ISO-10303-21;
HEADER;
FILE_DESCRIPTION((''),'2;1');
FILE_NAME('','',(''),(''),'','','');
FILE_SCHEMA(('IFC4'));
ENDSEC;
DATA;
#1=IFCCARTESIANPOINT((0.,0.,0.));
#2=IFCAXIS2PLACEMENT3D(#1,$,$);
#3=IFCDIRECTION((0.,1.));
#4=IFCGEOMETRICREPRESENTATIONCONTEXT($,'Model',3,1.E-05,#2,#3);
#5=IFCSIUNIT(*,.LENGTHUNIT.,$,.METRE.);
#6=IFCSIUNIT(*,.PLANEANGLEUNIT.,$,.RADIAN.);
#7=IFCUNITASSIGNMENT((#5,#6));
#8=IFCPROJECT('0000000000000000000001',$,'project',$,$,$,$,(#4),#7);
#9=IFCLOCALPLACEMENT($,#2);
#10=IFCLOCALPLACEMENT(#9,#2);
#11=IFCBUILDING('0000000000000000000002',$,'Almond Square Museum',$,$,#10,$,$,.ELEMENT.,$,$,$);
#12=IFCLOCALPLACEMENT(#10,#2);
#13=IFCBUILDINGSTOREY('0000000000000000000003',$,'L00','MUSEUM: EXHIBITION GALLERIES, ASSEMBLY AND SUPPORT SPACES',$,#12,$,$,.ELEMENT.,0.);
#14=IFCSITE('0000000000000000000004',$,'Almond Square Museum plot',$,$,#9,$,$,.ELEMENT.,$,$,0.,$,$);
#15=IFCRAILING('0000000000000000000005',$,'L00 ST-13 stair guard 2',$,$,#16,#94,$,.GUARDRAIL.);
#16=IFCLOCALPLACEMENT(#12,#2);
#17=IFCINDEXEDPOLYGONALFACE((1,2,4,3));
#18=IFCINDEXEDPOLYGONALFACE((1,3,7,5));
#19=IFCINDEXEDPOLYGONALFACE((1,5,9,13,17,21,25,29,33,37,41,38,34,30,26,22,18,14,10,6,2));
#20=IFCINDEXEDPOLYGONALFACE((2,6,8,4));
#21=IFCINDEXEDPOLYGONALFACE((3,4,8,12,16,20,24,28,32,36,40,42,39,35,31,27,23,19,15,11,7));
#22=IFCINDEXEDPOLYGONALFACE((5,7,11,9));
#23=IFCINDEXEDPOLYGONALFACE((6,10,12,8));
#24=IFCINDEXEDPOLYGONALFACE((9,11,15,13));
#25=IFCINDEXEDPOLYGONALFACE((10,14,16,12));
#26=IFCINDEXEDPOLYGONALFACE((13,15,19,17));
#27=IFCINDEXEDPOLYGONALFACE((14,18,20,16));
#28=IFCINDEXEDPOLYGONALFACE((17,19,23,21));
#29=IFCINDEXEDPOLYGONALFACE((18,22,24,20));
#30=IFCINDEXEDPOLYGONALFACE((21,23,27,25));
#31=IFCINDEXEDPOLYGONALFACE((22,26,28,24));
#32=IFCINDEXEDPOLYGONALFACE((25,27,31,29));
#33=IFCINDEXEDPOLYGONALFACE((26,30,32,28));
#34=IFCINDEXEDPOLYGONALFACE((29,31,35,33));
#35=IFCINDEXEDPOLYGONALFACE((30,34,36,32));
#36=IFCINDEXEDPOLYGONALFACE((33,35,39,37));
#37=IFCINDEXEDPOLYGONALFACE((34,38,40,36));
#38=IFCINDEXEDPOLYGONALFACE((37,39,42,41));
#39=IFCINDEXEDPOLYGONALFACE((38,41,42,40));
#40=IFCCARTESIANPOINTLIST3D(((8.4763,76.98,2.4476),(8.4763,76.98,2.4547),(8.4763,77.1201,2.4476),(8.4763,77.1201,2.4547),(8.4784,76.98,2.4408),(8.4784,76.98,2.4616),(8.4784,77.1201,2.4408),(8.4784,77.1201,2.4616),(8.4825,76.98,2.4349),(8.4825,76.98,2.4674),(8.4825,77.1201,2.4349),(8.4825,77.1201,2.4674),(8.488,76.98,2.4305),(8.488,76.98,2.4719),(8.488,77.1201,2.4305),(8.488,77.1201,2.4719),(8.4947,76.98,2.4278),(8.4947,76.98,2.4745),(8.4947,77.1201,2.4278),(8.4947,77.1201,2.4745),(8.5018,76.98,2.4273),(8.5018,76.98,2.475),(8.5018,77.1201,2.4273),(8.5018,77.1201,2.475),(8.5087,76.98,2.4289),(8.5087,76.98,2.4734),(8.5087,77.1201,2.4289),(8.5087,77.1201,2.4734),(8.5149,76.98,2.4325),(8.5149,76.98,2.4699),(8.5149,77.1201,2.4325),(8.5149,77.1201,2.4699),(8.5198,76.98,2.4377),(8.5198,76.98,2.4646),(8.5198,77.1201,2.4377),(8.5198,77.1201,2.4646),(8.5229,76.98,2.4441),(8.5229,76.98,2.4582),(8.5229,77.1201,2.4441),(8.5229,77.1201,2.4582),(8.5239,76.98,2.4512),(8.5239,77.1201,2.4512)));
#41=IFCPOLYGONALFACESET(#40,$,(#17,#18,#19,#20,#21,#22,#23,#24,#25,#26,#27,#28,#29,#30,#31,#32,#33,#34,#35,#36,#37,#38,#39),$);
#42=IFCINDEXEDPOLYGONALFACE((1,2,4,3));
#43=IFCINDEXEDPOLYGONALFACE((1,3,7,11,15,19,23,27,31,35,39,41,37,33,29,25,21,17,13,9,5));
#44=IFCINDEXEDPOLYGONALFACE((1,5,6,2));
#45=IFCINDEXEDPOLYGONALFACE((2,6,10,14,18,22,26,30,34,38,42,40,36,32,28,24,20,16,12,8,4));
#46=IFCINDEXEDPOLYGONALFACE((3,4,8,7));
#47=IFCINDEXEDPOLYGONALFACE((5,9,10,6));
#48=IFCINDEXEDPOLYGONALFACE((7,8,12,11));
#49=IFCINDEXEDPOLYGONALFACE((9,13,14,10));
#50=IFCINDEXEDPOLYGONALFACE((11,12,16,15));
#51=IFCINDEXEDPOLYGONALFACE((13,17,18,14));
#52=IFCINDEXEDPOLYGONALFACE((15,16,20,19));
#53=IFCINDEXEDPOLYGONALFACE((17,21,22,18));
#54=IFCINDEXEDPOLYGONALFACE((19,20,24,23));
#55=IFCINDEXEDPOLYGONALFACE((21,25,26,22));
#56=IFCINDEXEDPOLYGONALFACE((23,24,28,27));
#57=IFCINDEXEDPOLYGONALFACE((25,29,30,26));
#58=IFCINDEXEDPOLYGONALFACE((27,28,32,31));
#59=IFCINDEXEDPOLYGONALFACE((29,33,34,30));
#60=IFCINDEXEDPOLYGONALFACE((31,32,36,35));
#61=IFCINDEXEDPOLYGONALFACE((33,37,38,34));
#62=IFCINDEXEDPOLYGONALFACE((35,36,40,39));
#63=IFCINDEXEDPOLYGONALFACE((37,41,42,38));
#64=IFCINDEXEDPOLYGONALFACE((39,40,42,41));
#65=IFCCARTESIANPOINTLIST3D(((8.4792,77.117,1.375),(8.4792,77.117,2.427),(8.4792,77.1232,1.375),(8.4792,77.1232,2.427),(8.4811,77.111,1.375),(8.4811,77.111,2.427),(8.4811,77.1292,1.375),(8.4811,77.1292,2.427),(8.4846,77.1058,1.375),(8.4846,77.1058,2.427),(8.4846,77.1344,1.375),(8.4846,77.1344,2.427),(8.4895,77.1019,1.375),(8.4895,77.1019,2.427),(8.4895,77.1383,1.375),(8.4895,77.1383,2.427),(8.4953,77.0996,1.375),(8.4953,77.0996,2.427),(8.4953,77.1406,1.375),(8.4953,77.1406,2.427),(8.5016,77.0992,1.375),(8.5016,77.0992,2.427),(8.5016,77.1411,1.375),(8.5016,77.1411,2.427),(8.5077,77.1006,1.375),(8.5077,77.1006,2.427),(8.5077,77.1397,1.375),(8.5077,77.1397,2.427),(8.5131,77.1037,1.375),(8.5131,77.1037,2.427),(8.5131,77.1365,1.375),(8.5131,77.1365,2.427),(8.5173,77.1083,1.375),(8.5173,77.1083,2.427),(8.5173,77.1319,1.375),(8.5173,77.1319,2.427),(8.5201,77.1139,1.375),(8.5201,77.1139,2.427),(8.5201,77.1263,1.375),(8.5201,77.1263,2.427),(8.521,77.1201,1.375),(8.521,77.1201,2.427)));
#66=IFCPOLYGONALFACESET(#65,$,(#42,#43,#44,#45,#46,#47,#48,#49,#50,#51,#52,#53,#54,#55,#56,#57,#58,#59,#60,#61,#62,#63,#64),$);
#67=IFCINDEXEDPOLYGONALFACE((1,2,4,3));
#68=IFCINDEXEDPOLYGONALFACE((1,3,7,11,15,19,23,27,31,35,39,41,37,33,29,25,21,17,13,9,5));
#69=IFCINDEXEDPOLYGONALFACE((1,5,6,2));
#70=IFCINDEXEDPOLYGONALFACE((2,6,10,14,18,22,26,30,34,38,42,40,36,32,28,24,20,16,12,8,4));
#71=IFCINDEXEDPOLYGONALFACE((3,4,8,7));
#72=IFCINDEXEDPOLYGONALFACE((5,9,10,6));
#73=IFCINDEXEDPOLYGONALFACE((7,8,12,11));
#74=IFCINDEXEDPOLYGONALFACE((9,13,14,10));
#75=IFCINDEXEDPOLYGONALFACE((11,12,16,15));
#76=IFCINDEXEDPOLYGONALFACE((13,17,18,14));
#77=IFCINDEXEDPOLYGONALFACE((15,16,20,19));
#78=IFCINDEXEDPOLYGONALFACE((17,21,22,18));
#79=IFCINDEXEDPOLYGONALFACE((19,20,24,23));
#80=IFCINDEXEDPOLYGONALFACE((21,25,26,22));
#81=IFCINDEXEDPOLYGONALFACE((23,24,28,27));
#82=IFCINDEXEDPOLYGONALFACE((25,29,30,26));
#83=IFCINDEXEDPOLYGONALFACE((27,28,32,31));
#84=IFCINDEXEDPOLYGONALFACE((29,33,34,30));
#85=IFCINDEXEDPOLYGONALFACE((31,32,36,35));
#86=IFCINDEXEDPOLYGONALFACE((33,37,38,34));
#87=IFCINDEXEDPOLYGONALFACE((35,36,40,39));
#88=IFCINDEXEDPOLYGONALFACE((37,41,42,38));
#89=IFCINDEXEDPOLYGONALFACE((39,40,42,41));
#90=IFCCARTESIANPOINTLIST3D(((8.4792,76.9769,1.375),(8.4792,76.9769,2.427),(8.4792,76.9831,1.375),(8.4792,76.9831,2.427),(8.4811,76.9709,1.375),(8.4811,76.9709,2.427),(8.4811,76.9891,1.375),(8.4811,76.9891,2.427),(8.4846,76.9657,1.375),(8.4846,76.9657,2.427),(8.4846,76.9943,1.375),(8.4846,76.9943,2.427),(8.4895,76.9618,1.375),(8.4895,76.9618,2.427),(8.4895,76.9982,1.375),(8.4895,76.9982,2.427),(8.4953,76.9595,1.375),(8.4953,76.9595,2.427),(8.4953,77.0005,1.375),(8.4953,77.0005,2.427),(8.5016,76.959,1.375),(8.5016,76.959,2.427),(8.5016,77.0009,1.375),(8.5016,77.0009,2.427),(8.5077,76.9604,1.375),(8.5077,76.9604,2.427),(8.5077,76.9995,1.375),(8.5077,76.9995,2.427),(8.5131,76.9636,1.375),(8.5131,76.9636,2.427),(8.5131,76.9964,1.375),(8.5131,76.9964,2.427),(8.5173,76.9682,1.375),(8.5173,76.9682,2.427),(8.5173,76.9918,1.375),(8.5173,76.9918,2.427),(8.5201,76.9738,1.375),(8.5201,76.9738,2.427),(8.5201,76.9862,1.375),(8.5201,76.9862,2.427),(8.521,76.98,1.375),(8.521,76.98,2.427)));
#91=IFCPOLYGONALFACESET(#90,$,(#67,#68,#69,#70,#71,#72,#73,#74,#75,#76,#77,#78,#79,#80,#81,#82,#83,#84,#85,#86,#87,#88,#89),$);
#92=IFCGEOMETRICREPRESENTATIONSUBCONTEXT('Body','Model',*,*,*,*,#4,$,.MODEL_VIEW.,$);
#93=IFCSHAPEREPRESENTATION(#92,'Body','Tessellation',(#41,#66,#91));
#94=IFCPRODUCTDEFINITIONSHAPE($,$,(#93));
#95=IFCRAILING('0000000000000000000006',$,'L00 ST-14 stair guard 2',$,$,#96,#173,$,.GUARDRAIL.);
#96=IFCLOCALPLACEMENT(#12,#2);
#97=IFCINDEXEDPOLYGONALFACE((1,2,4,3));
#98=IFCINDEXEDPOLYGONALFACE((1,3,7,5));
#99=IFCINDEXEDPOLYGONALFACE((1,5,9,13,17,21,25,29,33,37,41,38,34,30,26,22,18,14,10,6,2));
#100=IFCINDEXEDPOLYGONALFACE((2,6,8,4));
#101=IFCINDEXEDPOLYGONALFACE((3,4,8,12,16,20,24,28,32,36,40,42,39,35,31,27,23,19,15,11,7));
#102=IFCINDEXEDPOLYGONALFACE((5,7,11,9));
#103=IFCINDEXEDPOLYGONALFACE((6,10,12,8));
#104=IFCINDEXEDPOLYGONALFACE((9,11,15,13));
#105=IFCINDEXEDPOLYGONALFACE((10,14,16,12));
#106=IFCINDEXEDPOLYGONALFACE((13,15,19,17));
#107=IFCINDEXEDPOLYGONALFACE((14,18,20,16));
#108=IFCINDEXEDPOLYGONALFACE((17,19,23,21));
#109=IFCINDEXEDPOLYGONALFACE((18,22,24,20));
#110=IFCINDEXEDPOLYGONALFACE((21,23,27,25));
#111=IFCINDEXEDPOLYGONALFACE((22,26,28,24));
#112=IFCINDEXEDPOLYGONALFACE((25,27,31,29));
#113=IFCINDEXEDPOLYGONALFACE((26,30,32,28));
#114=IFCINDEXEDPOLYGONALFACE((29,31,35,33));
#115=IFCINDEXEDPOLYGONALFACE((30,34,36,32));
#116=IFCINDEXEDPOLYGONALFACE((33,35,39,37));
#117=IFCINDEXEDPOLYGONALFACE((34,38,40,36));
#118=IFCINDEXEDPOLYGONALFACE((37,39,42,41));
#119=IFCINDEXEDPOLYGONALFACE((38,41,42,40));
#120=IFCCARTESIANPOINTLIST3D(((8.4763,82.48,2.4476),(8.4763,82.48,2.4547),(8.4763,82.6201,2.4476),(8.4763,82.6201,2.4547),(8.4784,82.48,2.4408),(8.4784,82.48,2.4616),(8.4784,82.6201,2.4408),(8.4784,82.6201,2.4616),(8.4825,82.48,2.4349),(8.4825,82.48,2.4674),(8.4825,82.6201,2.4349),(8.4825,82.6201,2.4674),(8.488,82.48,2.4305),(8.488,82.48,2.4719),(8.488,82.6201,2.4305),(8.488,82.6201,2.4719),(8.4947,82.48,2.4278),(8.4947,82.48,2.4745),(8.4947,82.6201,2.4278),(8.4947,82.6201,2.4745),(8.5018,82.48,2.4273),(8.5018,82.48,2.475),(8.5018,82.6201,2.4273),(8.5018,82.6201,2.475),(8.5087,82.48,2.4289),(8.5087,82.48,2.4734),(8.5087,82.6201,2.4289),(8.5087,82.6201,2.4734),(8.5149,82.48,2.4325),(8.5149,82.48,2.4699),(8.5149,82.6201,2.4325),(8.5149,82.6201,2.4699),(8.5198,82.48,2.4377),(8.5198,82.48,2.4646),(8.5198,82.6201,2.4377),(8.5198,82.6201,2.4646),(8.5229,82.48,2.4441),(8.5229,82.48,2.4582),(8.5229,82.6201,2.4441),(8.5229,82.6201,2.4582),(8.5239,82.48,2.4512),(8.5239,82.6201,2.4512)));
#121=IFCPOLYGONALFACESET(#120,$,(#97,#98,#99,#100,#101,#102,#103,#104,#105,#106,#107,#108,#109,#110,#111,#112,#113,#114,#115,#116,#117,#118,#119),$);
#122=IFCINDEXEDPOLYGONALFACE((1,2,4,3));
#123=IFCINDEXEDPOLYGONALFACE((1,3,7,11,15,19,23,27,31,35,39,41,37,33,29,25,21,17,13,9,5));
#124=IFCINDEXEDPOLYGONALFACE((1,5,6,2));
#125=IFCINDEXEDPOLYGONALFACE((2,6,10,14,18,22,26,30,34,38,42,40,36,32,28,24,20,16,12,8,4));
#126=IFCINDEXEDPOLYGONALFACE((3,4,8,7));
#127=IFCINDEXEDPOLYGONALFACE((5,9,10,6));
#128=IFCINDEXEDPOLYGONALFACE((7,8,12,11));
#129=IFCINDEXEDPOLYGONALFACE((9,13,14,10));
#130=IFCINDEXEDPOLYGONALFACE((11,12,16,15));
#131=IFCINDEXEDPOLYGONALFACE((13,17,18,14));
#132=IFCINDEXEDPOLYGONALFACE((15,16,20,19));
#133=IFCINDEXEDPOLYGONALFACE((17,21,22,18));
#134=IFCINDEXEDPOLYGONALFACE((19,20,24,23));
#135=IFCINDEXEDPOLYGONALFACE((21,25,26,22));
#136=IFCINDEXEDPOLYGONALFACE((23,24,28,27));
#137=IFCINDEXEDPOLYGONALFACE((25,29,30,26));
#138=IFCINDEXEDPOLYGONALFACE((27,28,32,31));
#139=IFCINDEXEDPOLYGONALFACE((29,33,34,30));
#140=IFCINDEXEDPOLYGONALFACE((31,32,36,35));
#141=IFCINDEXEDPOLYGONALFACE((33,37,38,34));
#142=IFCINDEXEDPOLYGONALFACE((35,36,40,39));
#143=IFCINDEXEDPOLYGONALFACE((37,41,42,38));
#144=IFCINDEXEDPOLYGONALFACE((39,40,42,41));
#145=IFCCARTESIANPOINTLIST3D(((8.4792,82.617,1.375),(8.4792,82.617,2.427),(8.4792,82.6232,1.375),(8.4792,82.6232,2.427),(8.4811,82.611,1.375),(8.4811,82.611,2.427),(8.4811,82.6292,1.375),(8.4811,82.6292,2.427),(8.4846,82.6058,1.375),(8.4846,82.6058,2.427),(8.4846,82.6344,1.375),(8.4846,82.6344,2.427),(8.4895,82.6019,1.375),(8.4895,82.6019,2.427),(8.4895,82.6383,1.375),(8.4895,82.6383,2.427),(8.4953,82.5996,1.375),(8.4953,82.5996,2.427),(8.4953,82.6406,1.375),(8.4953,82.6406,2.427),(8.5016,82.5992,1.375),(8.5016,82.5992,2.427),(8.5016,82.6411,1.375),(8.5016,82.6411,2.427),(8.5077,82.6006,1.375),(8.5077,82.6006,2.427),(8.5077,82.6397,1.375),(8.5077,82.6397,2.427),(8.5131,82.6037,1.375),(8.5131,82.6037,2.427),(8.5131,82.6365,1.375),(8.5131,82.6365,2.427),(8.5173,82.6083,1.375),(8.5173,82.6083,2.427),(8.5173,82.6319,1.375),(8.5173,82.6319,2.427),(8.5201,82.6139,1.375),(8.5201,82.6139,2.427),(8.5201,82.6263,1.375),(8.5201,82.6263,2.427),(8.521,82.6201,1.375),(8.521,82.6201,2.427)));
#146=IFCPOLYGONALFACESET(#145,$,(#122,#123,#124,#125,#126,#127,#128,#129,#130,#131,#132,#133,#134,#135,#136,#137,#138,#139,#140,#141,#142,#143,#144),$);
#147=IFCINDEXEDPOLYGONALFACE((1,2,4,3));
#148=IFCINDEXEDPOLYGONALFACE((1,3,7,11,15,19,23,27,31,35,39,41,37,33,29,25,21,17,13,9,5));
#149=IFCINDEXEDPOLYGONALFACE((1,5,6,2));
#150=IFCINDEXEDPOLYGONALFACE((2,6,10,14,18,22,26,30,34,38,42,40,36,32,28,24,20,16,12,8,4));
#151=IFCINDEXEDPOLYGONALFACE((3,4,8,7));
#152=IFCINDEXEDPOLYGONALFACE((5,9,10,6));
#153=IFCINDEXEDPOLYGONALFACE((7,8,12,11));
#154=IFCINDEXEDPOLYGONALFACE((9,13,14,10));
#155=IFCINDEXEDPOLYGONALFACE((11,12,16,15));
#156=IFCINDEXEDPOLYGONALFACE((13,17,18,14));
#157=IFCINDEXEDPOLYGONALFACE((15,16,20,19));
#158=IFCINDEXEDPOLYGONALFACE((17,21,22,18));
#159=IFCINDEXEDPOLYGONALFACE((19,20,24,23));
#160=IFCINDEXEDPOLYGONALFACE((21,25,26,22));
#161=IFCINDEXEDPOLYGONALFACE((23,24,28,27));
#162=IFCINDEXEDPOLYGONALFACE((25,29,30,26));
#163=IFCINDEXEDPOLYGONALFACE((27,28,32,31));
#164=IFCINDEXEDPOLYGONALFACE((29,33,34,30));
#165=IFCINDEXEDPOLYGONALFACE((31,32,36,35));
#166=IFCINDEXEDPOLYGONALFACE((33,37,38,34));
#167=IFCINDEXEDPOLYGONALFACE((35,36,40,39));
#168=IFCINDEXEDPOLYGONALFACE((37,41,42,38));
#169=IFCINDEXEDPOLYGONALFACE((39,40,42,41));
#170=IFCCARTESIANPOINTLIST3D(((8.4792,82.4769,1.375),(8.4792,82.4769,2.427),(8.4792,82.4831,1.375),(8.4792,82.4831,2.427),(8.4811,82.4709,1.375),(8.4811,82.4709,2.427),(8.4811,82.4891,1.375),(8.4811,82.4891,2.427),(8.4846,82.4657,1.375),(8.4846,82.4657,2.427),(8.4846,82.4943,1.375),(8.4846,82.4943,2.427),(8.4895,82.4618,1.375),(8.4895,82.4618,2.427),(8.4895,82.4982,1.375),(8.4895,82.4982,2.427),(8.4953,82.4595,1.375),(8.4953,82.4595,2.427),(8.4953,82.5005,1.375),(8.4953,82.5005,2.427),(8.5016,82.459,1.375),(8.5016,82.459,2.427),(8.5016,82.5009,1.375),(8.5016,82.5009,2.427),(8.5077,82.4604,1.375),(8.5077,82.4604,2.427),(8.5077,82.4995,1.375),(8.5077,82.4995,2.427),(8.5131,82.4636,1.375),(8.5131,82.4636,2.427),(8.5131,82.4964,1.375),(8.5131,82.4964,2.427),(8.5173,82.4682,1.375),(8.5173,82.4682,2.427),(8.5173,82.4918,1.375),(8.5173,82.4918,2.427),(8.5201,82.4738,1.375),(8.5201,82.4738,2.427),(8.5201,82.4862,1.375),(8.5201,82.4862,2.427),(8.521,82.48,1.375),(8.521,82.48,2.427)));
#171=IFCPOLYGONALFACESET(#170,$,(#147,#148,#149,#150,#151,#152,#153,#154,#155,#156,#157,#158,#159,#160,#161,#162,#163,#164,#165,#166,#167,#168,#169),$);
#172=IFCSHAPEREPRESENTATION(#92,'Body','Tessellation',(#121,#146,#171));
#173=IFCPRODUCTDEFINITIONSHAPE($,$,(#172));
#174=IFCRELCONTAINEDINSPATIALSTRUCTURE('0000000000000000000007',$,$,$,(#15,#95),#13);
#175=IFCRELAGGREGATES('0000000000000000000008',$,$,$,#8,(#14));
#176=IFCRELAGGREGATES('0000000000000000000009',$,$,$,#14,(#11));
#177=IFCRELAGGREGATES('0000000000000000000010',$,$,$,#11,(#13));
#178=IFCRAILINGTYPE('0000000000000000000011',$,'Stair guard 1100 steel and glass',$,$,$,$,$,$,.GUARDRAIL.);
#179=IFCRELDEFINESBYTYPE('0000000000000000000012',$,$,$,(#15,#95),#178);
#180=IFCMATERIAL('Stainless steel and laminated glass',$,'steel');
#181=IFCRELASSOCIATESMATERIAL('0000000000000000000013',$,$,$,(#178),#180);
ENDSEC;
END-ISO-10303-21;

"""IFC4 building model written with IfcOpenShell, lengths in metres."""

from ifc_helpers import new_model, si_unit, direction, frame, origin, origin_2d, place, context, subcontext, project, spatial, circle, extrude, material, type_object, element, save


model = new_model("IFC4")

# Units and contexts
model_context = context("Model", 3, precision=1e-05, world=origin(), true_north=direction((0.0, 1.0)))
body_context = subcontext(model_context, "Body", "Model", "MODEL_VIEW")
ifc_project = project(units=[si_unit("LENGTHUNIT", "METRE"), si_unit("PLANEANGLEUNIT", "RADIAN")], contexts=[model_context])

# Site, building, storey
site_placement = place(None, origin())
site = spatial("IfcSite", under=ifc_project, at=site_placement, Name="Almond Square Museum plot", CompositionType="ELEMENT", RefElevation=0.0)
building_placement = place(site_placement, origin())
building = spatial("IfcBuilding", under=site, at=building_placement, Name="Almond Square Museum", CompositionType="ELEMENT")
storey_placement = place(building_placement, origin())
storey = spatial("IfcBuildingStorey", under=building, at=storey_placement, Name="L00", Description="MUSEUM: EXHIBITION GALLERIES, ASSEMBLY AND SUPPORT SPACES", CompositionType="ELEMENT", Elevation=0.0)

# Railings
ifc_material_1 = material(Name="Stainless steel and laminated glass", Category="steel")
railing_type_1 = type_object("IfcRailingType", Name="Stair guard 1100 steel and glass", PredefinedType="GUARDRAIL", material=ifc_material_1)
for number, where, name in (
    (1, (8.5, 77.1201, 1.375), "L00 ST-13 stair guard 2"),
    (2, (8.5, 82.6201, 1.375), "L00 ST-14 stair guard 2"),
):
    element("IfcRailing", number, at=place(storey_placement, frame(where)), inside=storey, type_object=railing_type_1, Name=name, PredefinedType="GUARDRAIL", context=body_context, shape_type="SweptSolid", body=[
        extrude(circle(Radius=0.0239, at=origin_2d()), frame((0.0, 0.0, 1.0762), z_axis=(0.0, -1.0, 0.0), x_axis=(1.0, 0.0, 0.0)), (0.0, 0.0, 1.0), 0.1401),
        extrude(circle(Radius=0.021, at=origin_2d()), origin(), (0.0, 0.0, 1.0), 1.052),
        extrude(circle(Radius=0.021, at=origin_2d()), frame((0.0, -0.1401, 0.0)), (0.0, 0.0, 1.0), 1.052),
    ])

save(model, "model.ifc")
